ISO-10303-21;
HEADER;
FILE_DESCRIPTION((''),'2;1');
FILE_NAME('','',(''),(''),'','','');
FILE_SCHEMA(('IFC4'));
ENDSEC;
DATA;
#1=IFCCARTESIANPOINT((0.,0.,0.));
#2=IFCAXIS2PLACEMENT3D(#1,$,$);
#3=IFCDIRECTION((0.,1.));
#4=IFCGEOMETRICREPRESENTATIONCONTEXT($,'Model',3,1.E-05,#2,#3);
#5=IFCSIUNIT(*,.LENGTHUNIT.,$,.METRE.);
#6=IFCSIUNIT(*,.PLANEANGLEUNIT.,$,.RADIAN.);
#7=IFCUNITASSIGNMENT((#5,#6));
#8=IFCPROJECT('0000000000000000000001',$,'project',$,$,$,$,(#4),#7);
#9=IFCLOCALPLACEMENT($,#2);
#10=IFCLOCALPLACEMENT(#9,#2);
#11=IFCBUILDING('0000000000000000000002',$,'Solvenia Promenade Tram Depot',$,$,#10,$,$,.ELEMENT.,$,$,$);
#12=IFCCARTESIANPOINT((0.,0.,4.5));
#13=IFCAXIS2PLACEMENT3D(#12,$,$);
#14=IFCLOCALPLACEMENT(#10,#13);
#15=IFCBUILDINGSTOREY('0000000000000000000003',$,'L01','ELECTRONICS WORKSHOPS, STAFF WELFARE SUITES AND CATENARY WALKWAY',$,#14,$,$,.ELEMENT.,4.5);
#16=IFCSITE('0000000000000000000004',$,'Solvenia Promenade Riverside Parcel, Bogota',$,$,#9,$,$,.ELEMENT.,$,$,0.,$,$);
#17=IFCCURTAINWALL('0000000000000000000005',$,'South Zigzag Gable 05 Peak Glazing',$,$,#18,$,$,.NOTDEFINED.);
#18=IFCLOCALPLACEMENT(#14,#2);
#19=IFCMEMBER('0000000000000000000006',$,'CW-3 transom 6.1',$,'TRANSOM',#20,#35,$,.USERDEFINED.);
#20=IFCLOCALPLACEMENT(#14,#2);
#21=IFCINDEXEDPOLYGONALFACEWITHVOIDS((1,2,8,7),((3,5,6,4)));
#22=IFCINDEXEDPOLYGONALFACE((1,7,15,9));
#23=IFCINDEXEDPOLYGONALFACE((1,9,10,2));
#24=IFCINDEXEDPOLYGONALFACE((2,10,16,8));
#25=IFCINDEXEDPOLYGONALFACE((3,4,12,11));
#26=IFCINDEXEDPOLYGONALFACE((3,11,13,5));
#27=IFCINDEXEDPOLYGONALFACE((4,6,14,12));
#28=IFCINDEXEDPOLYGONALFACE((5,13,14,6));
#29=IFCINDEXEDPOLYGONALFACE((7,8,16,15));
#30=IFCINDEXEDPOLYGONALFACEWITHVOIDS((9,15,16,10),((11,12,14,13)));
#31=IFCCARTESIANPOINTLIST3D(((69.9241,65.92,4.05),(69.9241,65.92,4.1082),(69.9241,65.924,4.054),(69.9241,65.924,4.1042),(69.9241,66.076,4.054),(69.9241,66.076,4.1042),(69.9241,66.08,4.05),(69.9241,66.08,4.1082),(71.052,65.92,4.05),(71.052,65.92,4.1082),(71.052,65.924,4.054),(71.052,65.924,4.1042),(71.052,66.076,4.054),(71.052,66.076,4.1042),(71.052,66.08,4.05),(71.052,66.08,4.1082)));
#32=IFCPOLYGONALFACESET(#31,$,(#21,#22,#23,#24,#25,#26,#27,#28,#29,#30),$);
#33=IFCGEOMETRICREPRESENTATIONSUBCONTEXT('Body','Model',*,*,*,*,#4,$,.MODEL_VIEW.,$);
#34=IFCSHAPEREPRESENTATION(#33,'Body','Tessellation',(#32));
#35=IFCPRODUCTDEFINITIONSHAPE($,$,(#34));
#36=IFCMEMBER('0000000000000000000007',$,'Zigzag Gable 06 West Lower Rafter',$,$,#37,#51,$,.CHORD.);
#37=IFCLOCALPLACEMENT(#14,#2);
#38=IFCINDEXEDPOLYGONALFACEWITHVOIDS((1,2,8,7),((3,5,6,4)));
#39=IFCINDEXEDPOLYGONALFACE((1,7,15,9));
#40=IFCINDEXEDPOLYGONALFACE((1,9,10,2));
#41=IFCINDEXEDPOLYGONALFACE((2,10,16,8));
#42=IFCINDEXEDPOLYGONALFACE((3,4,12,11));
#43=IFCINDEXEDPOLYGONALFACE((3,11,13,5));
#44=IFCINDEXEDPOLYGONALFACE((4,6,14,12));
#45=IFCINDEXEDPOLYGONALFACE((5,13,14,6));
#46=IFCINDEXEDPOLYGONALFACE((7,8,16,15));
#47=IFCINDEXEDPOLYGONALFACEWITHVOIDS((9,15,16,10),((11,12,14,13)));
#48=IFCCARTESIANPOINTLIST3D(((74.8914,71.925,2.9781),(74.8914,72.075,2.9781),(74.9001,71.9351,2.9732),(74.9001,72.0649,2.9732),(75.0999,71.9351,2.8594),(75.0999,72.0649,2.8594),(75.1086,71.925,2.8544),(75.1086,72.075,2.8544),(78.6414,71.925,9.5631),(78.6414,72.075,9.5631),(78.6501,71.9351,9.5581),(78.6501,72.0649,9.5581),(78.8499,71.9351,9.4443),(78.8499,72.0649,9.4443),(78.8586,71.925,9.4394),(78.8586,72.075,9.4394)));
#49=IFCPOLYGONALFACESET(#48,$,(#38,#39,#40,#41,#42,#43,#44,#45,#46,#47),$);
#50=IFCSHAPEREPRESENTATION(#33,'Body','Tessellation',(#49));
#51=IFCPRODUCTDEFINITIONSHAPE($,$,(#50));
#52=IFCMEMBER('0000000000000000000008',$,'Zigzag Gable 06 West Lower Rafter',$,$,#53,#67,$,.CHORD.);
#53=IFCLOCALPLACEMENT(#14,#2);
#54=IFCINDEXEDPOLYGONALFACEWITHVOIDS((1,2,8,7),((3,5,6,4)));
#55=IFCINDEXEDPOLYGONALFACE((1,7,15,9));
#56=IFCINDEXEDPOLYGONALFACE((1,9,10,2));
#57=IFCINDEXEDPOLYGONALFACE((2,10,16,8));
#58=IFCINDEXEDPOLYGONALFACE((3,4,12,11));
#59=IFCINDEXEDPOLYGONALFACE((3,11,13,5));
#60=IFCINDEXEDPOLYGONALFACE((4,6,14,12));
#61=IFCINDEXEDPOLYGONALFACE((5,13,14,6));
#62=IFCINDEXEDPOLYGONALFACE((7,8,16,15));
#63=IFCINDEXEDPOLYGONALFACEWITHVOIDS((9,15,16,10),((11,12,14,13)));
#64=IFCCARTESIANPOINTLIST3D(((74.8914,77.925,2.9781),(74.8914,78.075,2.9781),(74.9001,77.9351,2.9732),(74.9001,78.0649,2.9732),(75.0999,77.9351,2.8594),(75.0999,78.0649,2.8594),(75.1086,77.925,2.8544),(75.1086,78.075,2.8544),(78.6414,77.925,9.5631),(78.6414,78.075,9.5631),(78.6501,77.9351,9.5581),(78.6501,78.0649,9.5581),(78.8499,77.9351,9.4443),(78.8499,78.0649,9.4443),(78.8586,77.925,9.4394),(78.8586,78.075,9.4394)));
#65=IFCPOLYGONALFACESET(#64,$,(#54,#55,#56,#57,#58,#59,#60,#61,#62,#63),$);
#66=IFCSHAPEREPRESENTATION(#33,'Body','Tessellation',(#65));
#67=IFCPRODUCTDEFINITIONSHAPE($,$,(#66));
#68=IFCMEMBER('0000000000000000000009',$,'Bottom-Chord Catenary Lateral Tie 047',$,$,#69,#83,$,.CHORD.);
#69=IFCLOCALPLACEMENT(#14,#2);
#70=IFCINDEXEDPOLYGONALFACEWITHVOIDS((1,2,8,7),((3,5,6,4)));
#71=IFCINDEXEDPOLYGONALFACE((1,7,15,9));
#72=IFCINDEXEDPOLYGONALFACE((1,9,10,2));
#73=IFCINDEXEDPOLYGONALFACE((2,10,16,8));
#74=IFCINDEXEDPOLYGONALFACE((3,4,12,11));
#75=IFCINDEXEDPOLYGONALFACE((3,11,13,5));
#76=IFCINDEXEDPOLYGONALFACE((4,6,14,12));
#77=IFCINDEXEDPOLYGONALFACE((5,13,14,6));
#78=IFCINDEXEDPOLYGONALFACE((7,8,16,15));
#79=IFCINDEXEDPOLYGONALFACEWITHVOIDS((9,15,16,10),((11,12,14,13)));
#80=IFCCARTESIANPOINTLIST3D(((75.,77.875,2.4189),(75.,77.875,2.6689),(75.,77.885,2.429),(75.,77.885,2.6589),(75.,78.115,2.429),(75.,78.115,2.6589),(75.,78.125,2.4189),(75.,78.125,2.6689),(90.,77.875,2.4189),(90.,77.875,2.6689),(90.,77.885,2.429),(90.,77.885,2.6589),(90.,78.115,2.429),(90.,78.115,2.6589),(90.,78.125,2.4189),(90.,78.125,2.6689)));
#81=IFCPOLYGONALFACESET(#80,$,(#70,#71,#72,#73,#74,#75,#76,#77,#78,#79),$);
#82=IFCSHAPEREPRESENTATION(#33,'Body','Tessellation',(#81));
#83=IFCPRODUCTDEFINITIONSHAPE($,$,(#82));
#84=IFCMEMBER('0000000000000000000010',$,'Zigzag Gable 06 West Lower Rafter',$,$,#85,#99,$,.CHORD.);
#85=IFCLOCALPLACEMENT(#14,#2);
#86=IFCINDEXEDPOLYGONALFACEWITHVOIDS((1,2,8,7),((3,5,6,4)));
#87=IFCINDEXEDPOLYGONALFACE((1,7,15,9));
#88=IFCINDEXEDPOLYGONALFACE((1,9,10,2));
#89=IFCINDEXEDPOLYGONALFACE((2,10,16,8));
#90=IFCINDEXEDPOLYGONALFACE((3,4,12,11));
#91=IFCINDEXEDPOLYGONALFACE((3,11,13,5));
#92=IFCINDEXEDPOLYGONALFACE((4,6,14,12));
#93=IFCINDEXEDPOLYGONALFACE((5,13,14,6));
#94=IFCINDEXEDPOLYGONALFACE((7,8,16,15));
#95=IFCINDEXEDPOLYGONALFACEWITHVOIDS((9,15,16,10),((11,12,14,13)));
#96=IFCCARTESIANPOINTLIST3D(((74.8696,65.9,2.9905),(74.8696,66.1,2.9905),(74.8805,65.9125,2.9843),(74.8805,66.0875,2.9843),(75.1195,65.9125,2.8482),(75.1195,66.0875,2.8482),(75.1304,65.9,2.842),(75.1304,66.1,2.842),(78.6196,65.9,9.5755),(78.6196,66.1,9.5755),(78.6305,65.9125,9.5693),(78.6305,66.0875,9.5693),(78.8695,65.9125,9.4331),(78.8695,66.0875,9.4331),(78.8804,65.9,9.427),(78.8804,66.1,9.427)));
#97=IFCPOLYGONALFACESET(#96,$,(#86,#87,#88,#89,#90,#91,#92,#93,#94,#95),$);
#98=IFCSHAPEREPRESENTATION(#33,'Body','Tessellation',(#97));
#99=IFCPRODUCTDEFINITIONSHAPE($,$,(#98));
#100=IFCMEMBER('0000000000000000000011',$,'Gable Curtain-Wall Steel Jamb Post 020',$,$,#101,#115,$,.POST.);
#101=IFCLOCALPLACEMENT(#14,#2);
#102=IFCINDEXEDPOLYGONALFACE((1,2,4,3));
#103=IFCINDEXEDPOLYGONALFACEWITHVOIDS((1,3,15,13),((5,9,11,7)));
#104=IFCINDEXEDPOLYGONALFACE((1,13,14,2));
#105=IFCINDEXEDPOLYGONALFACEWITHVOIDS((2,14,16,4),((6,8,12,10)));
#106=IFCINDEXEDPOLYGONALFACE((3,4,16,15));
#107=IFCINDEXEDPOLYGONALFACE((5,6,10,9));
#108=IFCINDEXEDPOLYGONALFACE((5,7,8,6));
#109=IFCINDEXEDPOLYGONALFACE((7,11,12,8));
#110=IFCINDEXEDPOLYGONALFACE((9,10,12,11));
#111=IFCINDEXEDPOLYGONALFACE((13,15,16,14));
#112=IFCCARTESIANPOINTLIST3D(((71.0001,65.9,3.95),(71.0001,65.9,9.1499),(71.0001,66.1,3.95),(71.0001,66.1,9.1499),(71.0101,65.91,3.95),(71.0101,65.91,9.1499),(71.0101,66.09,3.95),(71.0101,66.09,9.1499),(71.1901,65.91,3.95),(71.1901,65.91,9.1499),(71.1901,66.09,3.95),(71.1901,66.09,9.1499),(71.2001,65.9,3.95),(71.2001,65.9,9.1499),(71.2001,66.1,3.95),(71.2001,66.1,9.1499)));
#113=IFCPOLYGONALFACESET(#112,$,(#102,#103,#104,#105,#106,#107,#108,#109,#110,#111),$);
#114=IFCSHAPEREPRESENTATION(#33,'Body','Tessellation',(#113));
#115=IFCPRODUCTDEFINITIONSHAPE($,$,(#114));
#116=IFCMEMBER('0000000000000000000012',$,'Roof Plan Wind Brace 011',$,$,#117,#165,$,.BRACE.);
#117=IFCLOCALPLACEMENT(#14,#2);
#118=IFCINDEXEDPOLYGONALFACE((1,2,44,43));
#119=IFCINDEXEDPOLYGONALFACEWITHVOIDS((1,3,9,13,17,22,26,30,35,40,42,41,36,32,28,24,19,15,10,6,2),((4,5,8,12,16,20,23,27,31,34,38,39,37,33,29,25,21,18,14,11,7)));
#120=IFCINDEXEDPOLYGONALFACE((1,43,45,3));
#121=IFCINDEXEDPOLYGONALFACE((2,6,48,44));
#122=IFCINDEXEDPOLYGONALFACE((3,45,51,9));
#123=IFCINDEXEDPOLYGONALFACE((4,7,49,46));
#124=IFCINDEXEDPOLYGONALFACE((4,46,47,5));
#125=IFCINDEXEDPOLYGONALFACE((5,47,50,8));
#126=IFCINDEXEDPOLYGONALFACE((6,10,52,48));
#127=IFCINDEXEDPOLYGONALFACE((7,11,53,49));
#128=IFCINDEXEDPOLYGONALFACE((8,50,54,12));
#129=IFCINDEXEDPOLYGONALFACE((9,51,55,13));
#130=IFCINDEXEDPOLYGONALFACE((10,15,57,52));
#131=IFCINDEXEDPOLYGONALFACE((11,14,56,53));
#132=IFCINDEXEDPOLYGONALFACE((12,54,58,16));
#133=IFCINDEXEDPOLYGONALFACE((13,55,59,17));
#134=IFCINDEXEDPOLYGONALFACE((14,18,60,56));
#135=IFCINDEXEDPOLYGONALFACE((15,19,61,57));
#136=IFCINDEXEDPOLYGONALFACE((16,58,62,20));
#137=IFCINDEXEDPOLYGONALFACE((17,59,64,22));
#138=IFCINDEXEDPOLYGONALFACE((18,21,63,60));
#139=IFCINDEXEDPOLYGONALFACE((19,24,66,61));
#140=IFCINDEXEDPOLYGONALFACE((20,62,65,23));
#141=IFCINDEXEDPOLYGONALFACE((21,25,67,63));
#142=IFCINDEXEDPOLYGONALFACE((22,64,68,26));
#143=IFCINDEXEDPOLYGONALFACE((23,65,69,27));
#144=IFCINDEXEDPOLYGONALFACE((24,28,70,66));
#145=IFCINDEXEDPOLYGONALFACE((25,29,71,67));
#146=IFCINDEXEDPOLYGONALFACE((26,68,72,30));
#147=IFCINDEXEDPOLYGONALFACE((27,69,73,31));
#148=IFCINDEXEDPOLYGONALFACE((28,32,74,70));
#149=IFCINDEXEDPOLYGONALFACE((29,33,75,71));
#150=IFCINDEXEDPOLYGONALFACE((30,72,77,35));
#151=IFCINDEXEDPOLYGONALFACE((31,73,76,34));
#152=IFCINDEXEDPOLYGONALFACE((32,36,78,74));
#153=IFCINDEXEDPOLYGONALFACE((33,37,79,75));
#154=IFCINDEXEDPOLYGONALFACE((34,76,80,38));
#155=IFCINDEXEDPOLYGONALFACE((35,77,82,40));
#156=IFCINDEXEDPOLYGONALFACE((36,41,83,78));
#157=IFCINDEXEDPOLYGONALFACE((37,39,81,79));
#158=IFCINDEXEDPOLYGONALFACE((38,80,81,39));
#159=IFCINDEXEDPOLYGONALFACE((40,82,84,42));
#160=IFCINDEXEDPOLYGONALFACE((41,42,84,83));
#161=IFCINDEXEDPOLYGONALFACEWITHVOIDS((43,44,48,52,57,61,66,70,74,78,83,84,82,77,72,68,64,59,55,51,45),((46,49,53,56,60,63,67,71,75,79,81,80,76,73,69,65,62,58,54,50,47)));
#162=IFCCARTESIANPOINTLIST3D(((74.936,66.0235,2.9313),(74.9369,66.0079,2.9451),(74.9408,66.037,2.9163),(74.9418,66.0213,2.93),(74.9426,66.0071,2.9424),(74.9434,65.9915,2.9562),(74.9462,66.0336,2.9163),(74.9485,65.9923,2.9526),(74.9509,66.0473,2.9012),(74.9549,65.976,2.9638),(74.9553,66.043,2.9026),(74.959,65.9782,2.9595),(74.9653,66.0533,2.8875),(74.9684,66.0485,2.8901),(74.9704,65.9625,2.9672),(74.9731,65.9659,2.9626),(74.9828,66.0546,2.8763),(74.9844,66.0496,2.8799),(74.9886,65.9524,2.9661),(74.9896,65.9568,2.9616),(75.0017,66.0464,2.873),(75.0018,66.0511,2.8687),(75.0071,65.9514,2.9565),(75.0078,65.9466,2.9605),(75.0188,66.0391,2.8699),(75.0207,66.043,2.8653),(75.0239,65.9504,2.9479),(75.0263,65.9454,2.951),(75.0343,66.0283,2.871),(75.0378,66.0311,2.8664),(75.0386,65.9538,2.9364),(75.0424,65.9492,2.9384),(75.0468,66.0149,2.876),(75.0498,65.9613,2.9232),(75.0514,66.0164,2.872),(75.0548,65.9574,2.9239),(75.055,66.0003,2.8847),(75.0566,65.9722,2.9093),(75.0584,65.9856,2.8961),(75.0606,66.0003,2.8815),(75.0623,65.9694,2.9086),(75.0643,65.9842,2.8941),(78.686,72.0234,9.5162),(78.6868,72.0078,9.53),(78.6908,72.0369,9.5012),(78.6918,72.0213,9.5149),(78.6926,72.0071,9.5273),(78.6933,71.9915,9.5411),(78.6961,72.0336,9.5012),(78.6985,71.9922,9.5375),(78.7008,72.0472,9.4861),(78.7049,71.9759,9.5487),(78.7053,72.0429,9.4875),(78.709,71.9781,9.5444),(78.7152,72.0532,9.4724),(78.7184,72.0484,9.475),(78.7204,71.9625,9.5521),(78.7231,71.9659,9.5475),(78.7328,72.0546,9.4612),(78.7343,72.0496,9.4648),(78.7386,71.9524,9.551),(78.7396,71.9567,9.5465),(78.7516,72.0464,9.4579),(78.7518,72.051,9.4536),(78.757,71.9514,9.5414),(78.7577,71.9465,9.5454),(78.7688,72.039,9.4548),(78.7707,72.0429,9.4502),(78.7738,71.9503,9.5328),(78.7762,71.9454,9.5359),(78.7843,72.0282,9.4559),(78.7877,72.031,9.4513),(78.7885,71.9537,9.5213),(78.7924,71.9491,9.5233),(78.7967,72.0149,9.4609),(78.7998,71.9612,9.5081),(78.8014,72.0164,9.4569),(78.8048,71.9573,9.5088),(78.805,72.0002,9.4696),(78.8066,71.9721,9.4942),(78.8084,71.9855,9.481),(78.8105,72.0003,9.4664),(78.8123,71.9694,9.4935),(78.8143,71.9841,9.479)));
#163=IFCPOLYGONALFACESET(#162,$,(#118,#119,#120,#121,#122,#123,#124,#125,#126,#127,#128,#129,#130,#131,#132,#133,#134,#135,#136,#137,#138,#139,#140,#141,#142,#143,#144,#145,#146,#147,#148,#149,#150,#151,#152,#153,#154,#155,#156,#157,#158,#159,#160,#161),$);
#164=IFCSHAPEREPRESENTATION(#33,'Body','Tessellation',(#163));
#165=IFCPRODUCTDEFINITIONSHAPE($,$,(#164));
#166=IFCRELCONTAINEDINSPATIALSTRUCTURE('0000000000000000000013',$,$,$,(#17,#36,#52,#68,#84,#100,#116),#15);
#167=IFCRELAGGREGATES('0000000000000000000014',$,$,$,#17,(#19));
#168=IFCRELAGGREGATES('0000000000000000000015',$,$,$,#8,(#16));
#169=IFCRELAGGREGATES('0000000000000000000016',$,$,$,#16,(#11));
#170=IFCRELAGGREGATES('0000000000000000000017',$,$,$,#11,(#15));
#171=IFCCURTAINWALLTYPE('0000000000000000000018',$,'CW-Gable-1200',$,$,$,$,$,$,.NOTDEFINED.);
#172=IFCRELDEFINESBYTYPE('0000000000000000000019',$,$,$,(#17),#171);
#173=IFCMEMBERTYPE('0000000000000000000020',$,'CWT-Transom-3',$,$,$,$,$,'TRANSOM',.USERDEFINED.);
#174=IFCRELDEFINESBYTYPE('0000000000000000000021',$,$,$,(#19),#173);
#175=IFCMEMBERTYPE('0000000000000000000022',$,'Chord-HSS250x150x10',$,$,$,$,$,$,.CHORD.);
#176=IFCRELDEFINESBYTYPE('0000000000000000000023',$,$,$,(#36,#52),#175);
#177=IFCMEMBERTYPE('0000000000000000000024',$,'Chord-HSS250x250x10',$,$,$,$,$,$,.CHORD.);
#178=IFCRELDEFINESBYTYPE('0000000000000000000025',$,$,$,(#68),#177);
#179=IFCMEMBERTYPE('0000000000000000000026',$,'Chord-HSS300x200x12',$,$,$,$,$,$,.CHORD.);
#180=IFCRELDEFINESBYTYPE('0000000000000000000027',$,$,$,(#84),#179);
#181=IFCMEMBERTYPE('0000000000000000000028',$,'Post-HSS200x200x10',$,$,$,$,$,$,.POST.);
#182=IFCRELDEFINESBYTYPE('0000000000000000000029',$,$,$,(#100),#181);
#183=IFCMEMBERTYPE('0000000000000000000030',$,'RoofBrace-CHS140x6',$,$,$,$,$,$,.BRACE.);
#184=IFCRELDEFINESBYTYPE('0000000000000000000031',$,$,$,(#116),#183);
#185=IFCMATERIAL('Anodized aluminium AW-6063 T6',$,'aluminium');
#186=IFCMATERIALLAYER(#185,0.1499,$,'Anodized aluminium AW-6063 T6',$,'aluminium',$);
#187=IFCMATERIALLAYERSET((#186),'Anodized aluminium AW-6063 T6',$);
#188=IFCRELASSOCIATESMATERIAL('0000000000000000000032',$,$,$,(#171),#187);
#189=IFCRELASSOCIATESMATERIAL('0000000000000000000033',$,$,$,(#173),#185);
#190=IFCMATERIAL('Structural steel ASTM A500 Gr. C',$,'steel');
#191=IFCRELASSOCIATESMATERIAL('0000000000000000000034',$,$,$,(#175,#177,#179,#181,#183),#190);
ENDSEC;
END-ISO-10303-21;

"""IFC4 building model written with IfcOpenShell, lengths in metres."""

from ifc_helpers import new_model, si_unit, direction, frame, origin, origin_2d, place, context, subcontext, project, spatial, hollow_rectangle, hollow_circle, extrude, material, layer, layer_set, material_profile, profile_set, type_object, element, aggregate, save


model = new_model("IFC4")

# Units and contexts
model_context = context("Model", 3, precision=1e-05, world=origin(), true_north=direction((0.0, 1.0)))
body_context = subcontext(model_context, "Body", "Model", "MODEL_VIEW")
ifc_project = project(units=[si_unit("LENGTHUNIT", "METRE"), si_unit("PLANEANGLEUNIT", "RADIAN")], contexts=[model_context])

# Site, building, storey
site_placement = place(None, origin())
site = spatial("IfcSite", under=ifc_project, at=site_placement, Name="Solvenia Promenade Riverside Parcel, Bogota", CompositionType="ELEMENT", RefElevation=0.0)
building_placement = place(site_placement, origin())
building = spatial("IfcBuilding", under=site, at=building_placement, Name="Solvenia Promenade Tram Depot", CompositionType="ELEMENT")
storey_placement = place(building_placement, frame((0.0, 0.0, 4.5)))
storey = spatial("IfcBuildingStorey", under=building, at=storey_placement, Name="L01", Description="ELECTRONICS WORKSHOPS, STAFF WELFARE SUITES AND CATENARY WALKWAY", CompositionType="ELEMENT", Elevation=4.5)

# Curtain wall
ifc_material_1 = material(Name="Anodized aluminium AW-6063 T6", Category="aluminium")
ifc_layer_1 = layer(ifc_material_1, 0.1499, Name="Anodized aluminium AW-6063 T6", Category="aluminium")
ifc_layer_set_1 = layer_set([ifc_layer_1], Name="Anodized aluminium AW-6063 T6")
curtain_wall_type_1 = type_object("IfcCurtainWallType", Name="CW-Gable-1200", PredefinedType="NOTDEFINED", material=ifc_layer_set_1)
curtain_wall_1_placement = place(storey_placement, origin())
curtain_wall_1 = element("IfcCurtainWall", 1, at=curtain_wall_1_placement, inside=storey, type_object=curtain_wall_type_1, Name="South Zigzag Gable 05 Peak Glazing", PredefinedType="NOTDEFINED")

# Member
ifc_material_profile_1 = material_profile(ifc_material_1, hollow_rectangle(XDim=0.1599, YDim=0.0581, WallThickness=0.0039, at=origin_2d()), Name="ALU-T3", Category="aluminium")
ifc_profile_set_1 = profile_set([ifc_material_profile_1], Name="Anodized aluminium AW-6063 T6")
member_type_1 = type_object("IfcMemberType", Name="CWT-Transom-3", ElementType="TRANSOM", PredefinedType="USERDEFINED", material=ifc_profile_set_1)
member_1_placement = place(storey_placement, frame((69.9241, 66.0, 4.0791), z_axis=(1.0, 0.0, 0.0), x_axis=(0.0, 1.0, 0.0)))
member_1 = element("IfcMember", 2, at=member_1_placement, type_object=member_type_1, Name="CW-3 transom 6.1", ObjectType="TRANSOM", PredefinedType="USERDEFINED", context=body_context, shape_type="SweptSolid", body=[
    extrude(hollow_rectangle(XDim=0.1599, YDim=0.0581, WallThickness=0.0039, at=origin_2d()), origin(), (0.0, 0.0, 1.0), 1.1279),
])

# Members
ifc_material_2 = material(Name="Structural steel ASTM A500 Gr. C", Category="steel")
ifc_material_profile_2 = material_profile(ifc_material_2, hollow_rectangle(XDim=0.1499, YDim=0.25, WallThickness=0.01, at=origin_2d()), Name="HSS250x150x10", Category="steel")
ifc_profile_set_2 = profile_set([ifc_material_profile_2], Name="Structural steel ASTM A500 Gr. C")
member_type_2 = type_object("IfcMemberType", Name="Chord-HSS250x150x10", PredefinedType="CHORD", material=ifc_profile_set_2)
for number, where, z_axis, x_axis, name in (
    (3, (75.0, 72.0, 2.9163), (0.494862, 0.0, 0.868972), (0.0, 1.0, 0.0), "Zigzag Gable 06 West Lower Rafter"),
    (4, (75.0, 78.0, 2.9163), (0.494862, 0.0, 0.868972), (0.0, 1.0, 0.0), "Zigzag Gable 06 West Lower Rafter"),
):
    element("IfcMember", number, at=place(storey_placement, frame(where, z_axis=z_axis, x_axis=x_axis)), inside=storey, type_object=member_type_2, Name=name, PredefinedType="CHORD", context=body_context, shape_type="SweptSolid", body=[
        extrude(hollow_rectangle(XDim=0.1499, YDim=0.25, WallThickness=0.01, at=origin_2d()), origin(), (0.0, 0.0, 1.0), 7.5779),
    ])
ifc_material_profile_3 = material_profile(ifc_material_2, hollow_rectangle(XDim=0.25, YDim=0.25, WallThickness=0.01, at=origin_2d()), Name="HSS250x250x10", Category="steel")
ifc_profile_set_3 = profile_set([ifc_material_profile_3], Name="Structural steel ASTM A500 Gr. C")
member_type_3 = type_object("IfcMemberType", Name="Chord-HSS250x250x10", PredefinedType="CHORD", material=ifc_profile_set_3)
member_2_placement = place(storey_placement, frame((75.0, 78.0, 2.5439), z_axis=(1.0, 0.0, 0.0), x_axis=(0.0, 1.0, 0.0)))
element("IfcMember", 5, at=member_2_placement, inside=storey, type_object=member_type_3, Name="Bottom-Chord Catenary Lateral Tie 047", PredefinedType="CHORD", context=body_context, shape_type="SweptSolid", body=[
    extrude(hollow_rectangle(XDim=0.25, YDim=0.25, WallThickness=0.01, at=origin_2d()), origin(), (0.0, 0.0, 1.0), 15.0),
])
ifc_material_profile_4 = material_profile(ifc_material_2, hollow_rectangle(XDim=0.2, YDim=0.3, WallThickness=0.0125, at=origin_2d()), Name="HSS300x200x12.5", Category="steel")
ifc_profile_set_4 = profile_set([ifc_material_profile_4], Name="Structural steel ASTM A500 Gr. C")
member_type_4 = type_object("IfcMemberType", Name="Chord-HSS300x200x12", PredefinedType="CHORD", material=ifc_profile_set_4)
member_3_placement = place(storey_placement, frame((75.0, 66.0, 2.9163), z_axis=(0.494862, 0.0, 0.868972), x_axis=(0.0, 1.0, 0.0)))
element("IfcMember", 6, at=member_3_placement, inside=storey, type_object=member_type_4, Name="Zigzag Gable 06 West Lower Rafter", PredefinedType="CHORD", context=body_context, shape_type="SweptSolid", body=[
    extrude(hollow_rectangle(XDim=0.2, YDim=0.3, WallThickness=0.0125, at=origin_2d()), origin(), (0.0, 0.0, 1.0), 7.5779),
])
ifc_material_profile_5 = material_profile(ifc_material_2, hollow_rectangle(XDim=0.2, YDim=0.2, WallThickness=0.01, at=origin_2d()), Name="HSS200x200x10", Category="steel")
ifc_profile_set_5 = profile_set([ifc_material_profile_5], Name="Structural steel ASTM A500 Gr. C")
member_type_5 = type_object("IfcMemberType", Name="Post-HSS200x200x10", PredefinedType="POST", material=ifc_profile_set_5)
member_4_placement = place(storey_placement, frame((71.1001, 66.0, 3.95), z_axis=(0.0, 0.0, 1.0), x_axis=(1.0, 0.0, 0.0)))
element("IfcMember", 7, at=member_4_placement, inside=storey, type_object=member_type_5, Name="Gable Curtain-Wall Steel Jamb Post 020", PredefinedType="POST", context=body_context, shape_type="SweptSolid", body=[
    extrude(hollow_rectangle(XDim=0.2, YDim=0.2, WallThickness=0.01, at=origin_2d()), origin(), (0.0, 0.0, 1.0), 5.2),
])
ifc_material_profile_6 = material_profile(ifc_material_2, hollow_circle(Radius=0.0698, WallThickness=0.0063, at=origin_2d()), Name="CHS139.7x6.3", Category="steel")
ifc_profile_set_6 = profile_set([ifc_material_profile_6], Name="Structural steel ASTM A500 Gr. C")
member_type_6 = type_object("IfcMemberType", Name="RoofBrace-CHS140x6", PredefinedType="BRACE", material=ifc_profile_set_6)
member_5_placement = place(storey_placement, frame((75.0, 66.0, 2.9163), z_axis=(0.387973, 0.620757, 0.681277), x_axis=(-0.847998, 0.529999, 0.0)))
element("IfcMember", 8, at=member_5_placement, inside=storey, type_object=member_type_6, Name="Roof Plan Wind Brace 011", PredefinedType="BRACE", context=body_context, shape_type="SweptSolid", body=[
    extrude(hollow_circle(Radius=0.0698, WallThickness=0.0063, at=origin_2d()), origin(), (0.0, 0.0, 1.0), 9.6655),
])

aggregate(curtain_wall_1, [member_1])

save(model, "model.ifc")
